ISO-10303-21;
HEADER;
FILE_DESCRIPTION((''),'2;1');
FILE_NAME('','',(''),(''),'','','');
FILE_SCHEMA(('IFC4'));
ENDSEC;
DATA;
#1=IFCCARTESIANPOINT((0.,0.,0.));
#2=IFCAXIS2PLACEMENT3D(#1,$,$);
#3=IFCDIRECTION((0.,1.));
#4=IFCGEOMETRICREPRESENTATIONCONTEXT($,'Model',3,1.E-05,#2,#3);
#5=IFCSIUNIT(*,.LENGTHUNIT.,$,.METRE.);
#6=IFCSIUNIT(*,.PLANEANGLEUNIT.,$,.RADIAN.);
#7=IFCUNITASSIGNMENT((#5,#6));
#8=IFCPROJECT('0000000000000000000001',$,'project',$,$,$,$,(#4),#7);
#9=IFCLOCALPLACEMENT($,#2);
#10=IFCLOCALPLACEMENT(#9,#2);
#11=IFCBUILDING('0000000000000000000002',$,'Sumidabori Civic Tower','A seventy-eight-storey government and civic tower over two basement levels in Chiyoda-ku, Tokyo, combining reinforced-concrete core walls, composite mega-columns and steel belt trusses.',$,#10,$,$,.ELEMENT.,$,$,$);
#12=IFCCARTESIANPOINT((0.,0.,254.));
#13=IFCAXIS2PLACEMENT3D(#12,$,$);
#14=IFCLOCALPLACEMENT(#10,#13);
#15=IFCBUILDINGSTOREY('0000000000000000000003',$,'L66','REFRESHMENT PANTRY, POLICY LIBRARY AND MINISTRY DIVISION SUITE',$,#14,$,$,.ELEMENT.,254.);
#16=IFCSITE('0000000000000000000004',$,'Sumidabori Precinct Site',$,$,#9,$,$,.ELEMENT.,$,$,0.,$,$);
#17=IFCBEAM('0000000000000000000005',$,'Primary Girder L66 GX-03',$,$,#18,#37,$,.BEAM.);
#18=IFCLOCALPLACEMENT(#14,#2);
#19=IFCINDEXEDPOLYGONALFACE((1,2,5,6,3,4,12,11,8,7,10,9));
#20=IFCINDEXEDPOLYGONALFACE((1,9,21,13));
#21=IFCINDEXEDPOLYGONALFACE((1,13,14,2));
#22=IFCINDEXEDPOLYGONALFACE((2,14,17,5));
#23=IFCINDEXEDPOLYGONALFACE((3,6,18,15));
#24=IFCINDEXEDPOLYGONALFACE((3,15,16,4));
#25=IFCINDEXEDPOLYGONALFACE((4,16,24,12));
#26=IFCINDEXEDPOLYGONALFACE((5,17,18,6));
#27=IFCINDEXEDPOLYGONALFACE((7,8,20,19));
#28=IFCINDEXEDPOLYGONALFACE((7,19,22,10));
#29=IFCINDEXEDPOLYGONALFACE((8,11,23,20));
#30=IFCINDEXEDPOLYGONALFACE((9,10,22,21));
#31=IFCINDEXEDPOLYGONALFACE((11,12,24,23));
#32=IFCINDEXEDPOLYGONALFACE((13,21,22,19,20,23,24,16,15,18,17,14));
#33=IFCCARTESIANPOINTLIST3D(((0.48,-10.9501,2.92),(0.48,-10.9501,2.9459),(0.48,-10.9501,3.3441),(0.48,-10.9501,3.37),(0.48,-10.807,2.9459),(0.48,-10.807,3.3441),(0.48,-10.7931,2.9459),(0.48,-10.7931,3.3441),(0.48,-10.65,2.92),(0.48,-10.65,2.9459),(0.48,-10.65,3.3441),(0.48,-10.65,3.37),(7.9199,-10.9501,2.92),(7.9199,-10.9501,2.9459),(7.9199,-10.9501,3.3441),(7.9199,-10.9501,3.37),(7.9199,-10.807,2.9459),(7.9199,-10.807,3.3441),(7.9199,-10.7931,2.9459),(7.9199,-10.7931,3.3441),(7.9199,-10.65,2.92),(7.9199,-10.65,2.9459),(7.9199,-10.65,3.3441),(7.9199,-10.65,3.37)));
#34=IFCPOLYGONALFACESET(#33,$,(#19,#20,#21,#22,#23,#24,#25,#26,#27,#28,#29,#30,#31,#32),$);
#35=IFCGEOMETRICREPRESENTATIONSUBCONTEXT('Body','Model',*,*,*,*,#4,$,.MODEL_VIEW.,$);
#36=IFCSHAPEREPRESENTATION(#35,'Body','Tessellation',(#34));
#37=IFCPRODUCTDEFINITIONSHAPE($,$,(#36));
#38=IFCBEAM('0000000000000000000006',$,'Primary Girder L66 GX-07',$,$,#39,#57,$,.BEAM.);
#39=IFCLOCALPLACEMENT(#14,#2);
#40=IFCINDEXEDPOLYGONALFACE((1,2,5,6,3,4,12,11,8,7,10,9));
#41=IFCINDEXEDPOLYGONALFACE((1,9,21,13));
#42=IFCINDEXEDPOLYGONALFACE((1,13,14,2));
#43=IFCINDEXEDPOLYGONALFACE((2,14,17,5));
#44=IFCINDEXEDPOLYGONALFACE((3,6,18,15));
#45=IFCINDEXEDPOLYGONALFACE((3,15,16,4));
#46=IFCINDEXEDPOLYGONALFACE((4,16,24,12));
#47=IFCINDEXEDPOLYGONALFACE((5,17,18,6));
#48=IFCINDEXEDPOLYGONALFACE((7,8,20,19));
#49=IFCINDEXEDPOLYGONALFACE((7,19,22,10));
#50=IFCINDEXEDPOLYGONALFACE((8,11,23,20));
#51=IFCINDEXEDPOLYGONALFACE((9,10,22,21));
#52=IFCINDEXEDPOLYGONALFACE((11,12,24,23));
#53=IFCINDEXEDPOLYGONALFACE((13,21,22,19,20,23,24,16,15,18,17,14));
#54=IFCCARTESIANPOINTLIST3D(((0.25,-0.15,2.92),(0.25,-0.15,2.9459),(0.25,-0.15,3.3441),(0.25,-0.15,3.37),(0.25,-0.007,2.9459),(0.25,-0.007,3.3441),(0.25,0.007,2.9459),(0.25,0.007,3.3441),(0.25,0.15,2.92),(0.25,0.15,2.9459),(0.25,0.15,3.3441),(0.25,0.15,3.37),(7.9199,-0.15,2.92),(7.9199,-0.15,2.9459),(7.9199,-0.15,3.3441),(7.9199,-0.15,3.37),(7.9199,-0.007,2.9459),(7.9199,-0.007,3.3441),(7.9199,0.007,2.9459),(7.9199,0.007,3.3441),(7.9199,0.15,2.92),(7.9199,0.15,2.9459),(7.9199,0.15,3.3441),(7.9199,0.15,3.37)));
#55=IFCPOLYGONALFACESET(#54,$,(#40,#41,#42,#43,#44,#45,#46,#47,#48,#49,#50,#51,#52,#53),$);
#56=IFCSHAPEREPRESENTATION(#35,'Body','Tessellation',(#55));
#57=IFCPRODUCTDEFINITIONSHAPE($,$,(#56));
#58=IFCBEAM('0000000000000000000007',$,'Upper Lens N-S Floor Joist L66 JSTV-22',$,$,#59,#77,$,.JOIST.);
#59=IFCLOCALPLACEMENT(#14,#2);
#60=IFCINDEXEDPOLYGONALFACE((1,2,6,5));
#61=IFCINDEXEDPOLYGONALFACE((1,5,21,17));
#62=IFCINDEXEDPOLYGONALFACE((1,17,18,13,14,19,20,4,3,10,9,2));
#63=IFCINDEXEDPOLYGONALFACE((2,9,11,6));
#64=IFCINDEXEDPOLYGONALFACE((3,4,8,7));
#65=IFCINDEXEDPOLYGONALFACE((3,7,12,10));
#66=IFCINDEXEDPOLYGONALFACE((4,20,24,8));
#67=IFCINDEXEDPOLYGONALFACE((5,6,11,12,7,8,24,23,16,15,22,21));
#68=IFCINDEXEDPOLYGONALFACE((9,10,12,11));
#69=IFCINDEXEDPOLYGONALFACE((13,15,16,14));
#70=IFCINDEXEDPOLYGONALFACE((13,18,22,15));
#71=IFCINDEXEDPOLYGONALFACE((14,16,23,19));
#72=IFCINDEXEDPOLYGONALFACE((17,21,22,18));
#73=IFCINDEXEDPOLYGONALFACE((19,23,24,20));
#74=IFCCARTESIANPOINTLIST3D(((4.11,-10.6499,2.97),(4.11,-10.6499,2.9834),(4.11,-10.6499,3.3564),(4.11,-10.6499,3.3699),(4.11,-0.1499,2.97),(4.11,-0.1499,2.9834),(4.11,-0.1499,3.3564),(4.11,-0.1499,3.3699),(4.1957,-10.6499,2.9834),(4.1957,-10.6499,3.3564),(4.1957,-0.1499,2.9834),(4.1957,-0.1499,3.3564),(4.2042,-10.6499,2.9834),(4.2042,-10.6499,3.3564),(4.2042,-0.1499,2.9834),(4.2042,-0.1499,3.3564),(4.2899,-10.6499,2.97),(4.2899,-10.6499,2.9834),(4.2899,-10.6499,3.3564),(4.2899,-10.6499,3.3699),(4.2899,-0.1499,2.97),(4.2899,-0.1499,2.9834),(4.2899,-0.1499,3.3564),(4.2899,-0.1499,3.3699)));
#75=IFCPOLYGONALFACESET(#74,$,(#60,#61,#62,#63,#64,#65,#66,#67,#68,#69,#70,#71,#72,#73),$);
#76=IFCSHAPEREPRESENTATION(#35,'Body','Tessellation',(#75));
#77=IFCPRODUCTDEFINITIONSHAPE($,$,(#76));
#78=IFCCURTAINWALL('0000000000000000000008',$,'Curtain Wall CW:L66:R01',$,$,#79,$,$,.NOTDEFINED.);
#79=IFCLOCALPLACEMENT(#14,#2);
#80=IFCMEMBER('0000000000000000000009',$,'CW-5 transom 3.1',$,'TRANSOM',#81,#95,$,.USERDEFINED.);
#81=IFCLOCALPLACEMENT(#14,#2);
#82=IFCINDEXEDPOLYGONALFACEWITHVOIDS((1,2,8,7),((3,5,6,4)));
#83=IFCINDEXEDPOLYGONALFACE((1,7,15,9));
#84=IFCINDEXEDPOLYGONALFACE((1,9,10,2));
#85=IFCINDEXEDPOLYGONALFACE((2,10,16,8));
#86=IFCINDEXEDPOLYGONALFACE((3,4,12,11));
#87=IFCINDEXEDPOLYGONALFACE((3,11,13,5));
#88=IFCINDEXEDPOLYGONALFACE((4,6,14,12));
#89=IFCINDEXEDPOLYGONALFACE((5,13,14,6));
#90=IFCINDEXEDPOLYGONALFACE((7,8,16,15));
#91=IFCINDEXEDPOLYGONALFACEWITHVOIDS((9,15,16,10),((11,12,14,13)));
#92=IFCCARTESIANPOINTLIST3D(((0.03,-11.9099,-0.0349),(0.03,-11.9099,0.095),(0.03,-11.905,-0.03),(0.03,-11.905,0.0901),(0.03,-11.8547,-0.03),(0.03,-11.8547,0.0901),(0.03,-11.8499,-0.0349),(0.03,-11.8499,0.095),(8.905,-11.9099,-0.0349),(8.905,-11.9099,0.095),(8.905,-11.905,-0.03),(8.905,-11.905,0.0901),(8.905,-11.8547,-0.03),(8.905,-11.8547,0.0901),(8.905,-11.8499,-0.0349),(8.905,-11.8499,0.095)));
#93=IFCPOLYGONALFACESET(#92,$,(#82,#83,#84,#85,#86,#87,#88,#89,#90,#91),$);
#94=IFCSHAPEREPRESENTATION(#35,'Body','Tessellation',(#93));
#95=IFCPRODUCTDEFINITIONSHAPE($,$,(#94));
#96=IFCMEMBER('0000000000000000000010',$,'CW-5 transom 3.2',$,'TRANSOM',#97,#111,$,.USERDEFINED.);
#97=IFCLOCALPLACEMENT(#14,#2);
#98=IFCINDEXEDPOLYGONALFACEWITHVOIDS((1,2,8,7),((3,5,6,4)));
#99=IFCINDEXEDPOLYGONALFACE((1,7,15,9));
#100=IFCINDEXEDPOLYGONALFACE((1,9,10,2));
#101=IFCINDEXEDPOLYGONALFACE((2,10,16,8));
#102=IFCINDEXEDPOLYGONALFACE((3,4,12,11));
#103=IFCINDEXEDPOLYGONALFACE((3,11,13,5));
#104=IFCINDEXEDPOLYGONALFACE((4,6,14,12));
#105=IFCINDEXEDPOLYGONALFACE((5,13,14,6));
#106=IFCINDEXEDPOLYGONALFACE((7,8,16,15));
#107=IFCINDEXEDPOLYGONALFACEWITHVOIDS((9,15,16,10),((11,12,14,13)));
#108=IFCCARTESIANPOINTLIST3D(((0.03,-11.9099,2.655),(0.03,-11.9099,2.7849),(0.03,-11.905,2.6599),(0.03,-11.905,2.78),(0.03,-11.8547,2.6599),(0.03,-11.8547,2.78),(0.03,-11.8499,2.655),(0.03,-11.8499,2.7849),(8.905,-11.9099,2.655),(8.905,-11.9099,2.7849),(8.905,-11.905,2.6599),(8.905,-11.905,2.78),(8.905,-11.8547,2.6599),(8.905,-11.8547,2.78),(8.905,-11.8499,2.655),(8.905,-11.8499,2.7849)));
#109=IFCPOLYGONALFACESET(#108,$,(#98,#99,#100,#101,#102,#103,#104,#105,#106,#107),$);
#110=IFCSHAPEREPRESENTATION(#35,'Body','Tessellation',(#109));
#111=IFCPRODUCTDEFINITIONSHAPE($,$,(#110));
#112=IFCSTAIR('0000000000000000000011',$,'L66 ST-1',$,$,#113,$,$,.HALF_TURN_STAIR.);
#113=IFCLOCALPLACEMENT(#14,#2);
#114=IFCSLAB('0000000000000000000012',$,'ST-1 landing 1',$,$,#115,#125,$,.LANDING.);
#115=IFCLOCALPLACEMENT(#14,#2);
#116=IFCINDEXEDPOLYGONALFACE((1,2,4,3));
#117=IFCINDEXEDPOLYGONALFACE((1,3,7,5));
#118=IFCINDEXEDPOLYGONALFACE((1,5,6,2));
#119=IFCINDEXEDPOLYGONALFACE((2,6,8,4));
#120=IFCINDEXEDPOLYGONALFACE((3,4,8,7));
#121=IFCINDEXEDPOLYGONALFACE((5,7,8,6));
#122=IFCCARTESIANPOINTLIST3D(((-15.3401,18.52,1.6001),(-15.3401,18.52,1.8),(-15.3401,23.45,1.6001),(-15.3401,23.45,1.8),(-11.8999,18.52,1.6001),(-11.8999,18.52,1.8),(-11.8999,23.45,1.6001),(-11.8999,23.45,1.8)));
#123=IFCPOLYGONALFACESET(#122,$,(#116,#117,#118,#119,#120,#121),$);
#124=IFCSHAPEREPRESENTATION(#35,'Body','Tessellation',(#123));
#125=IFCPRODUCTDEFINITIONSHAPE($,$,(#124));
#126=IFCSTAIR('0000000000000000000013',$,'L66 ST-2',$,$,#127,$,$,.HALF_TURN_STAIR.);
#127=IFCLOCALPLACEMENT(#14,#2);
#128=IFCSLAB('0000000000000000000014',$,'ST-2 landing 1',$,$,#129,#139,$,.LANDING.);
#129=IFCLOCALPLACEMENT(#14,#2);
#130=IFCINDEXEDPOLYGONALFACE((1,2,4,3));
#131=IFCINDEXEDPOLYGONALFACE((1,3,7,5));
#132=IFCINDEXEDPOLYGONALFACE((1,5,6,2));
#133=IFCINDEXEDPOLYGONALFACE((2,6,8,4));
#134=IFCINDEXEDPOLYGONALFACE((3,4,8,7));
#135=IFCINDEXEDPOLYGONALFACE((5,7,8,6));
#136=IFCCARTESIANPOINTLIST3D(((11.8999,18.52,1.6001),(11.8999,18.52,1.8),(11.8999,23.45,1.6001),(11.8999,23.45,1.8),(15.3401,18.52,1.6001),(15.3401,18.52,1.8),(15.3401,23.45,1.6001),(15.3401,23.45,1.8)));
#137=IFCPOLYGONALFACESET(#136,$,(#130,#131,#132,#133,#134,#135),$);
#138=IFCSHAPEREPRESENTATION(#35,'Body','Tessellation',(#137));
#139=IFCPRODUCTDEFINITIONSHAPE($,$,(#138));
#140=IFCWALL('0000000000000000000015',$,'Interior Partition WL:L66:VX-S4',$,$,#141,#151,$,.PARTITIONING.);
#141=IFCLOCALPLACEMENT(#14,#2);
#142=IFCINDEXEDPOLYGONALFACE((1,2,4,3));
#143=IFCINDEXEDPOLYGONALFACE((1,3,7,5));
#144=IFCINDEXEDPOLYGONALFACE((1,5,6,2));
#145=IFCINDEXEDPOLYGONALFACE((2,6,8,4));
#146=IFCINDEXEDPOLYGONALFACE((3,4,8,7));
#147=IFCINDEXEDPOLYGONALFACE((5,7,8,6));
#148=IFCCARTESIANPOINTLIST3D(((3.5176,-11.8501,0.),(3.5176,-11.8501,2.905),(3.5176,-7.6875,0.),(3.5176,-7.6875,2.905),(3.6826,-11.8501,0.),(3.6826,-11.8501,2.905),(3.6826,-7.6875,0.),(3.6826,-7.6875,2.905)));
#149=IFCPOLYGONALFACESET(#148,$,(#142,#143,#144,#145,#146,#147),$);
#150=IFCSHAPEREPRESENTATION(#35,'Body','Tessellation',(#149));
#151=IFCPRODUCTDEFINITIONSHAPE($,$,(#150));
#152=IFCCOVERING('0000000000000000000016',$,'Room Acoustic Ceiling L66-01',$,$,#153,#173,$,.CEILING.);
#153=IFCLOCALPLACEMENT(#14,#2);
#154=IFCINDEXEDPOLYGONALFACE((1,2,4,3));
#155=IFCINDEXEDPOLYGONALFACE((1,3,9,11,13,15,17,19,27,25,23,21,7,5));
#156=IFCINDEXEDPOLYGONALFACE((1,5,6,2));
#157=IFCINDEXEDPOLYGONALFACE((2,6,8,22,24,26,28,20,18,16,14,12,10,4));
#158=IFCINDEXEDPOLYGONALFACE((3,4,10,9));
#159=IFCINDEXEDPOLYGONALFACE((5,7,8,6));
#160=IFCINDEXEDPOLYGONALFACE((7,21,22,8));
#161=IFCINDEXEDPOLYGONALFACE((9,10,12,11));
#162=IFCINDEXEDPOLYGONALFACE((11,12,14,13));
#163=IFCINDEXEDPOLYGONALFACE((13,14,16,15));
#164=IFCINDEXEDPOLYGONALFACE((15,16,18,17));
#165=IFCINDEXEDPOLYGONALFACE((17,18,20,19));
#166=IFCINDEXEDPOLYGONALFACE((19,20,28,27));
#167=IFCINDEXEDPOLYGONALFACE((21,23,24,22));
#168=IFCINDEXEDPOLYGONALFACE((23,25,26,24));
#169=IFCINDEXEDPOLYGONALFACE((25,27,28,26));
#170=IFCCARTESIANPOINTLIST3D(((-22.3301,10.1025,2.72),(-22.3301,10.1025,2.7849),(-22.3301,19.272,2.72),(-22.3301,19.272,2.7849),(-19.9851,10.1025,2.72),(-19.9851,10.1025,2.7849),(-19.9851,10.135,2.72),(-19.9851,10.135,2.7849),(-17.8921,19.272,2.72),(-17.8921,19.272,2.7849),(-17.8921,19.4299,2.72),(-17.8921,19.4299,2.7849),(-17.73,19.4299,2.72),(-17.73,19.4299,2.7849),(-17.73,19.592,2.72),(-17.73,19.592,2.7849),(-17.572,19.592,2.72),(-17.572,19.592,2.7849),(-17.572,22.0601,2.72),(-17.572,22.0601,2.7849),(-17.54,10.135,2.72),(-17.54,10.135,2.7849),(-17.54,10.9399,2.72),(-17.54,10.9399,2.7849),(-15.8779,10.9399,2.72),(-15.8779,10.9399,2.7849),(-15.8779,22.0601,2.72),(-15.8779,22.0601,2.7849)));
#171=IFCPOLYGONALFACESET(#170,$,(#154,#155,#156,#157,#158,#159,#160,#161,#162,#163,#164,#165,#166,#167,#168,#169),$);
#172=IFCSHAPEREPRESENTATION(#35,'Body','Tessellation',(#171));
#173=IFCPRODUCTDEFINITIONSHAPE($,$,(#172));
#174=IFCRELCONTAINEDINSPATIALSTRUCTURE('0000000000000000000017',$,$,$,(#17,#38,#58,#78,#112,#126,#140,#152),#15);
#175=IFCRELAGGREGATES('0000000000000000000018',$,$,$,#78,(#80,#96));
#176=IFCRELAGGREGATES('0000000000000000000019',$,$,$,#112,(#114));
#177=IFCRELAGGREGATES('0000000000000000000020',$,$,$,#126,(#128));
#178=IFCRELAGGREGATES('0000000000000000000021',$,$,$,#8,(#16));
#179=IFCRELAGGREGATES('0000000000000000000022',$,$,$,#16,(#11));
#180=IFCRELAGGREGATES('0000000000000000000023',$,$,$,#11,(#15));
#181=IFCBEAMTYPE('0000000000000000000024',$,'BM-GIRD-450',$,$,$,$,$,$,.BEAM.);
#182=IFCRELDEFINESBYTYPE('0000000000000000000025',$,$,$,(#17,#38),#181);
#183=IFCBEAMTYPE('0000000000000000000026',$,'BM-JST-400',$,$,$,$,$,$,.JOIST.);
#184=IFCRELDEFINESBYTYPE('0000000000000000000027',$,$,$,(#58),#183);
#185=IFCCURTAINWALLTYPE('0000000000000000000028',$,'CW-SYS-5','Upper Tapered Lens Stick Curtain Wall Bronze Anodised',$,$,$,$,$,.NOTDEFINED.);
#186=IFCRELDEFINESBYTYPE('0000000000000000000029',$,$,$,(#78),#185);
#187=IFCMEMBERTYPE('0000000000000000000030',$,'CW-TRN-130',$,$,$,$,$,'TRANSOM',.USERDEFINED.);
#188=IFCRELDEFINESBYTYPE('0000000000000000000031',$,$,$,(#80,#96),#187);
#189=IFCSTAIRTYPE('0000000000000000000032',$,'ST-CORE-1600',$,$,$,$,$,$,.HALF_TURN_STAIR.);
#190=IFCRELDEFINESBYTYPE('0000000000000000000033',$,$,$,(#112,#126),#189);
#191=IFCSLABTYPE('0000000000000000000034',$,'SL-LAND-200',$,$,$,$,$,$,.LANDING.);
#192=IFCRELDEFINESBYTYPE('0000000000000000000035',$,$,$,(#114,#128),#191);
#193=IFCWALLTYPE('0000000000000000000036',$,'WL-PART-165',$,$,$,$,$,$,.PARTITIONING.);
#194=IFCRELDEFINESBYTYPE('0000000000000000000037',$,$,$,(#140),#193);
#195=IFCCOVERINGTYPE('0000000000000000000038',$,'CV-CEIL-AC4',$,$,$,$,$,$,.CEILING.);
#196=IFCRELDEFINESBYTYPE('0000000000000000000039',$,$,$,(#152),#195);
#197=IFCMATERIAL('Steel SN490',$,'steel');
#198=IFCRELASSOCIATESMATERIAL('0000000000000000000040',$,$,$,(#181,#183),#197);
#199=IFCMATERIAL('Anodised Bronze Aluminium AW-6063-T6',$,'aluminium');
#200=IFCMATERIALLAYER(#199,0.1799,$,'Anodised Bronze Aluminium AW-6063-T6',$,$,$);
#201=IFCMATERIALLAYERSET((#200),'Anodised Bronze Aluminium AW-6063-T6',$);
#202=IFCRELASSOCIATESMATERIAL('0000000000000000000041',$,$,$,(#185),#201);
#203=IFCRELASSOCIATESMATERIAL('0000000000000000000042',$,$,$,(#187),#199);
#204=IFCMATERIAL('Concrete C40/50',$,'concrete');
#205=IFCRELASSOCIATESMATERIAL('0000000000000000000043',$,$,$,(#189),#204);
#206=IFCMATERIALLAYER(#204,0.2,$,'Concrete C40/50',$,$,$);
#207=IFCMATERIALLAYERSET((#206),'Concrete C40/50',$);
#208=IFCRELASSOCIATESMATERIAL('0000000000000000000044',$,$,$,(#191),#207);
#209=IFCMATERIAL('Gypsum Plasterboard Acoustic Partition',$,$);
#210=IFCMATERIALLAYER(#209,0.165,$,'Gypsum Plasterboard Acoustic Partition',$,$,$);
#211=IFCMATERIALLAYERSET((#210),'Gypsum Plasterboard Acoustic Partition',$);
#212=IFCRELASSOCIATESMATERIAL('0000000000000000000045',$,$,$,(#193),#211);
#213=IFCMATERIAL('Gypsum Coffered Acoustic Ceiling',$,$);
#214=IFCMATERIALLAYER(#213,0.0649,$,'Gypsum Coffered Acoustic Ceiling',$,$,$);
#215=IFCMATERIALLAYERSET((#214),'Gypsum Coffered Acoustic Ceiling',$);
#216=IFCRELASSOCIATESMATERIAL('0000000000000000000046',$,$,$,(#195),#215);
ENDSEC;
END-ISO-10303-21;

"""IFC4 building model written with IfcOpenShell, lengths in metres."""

from ifc_helpers import new_model, si_unit, direction, frame, frame_2d, origin, origin_2d, place, context, subcontext, project, spatial, polyline, rectangle, hollow_rectangle, i_section, outline, extrude, source, transform, mapped, material, layer, layer_set, material_profile, profile_set, type_object, element, aggregate, save


model = new_model("IFC4")

# Units and contexts
model_context = context("Model", 3, precision=1e-05, world=origin(), true_north=direction((0.0, 1.0)))
body_context = subcontext(model_context, "Body", "Model", "MODEL_VIEW")
ifc_project = project(units=[si_unit("LENGTHUNIT", "METRE"), si_unit("PLANEANGLEUNIT", "RADIAN")], contexts=[model_context])

# Site, building, storey
site_placement = place(None, origin())
site = spatial("IfcSite", under=ifc_project, at=site_placement, Name="Sumidabori Precinct Site", CompositionType="ELEMENT", RefElevation=0.0)
building_placement = place(site_placement, origin())
building = spatial("IfcBuilding", under=site, at=building_placement, Name="Sumidabori Civic Tower", Description="A seventy-eight-storey government and civic tower over two basement levels in Chiyoda-ku, Tokyo, combining reinforced-concrete core walls, composite mega-columns and steel belt trusses.", CompositionType="ELEMENT")
storey_placement = place(building_placement, frame((0.0, 0.0, 254.0)))
storey = spatial("IfcBuildingStorey", under=building, at=storey_placement, Name="L66", Description="REFRESHMENT PANTRY, POLICY LIBRARY AND MINISTRY DIVISION SUITE", CompositionType="ELEMENT", Elevation=254.0)

# Beams
ifc_material_1 = material(Name="Steel SN490", Category="steel")
ifc_material_profile_1 = material_profile(ifc_material_1, i_section(OverallWidth=0.3, OverallDepth=0.45, WebThickness=0.0139, FlangeThickness=0.0259, at=origin_2d()), Name="HE 450 B")
ifc_profile_set_1 = profile_set([ifc_material_profile_1], Name="Steel SN490")
beam_type_1 = type_object("IfcBeamType", Name="BM-GIRD-450", PredefinedType="BEAM", material=ifc_profile_set_1)
shared_shape_1 = source(origin(), body_context, "Body", "SweptSolid", [
    extrude(i_section(OverallWidth=0.3, OverallDepth=0.45, WebThickness=0.0139, FlangeThickness=0.0259, at=origin_2d()), origin(), (0.0, 0.0, 1.0), 7.4399),
])
beam_1_placement = place(storey_placement, frame((0.48, -10.8, 3.145), z_axis=(1.0, 0.0, 0.0), x_axis=(0.0, 1.0, 0.0)))
element("IfcBeam", 1, at=beam_1_placement, inside=storey, type_object=beam_type_1, Name="Primary Girder L66 GX-03", PredefinedType="BEAM", context=body_context, shape_type="MappedRepresentation", body=[
    mapped(shared_shape_1, transform((0.0, 0.0, 0.0), x_axis=(1.0, 0.0, 0.0), y_axis=(0.0, 1.0, 0.0), z_axis=(0.0, 0.0, 1.0), scale=1.0)),
])
shared_shape_2 = source(origin(), body_context, "Body", "SweptSolid", [
    extrude(i_section(OverallWidth=0.3, OverallDepth=0.45, WebThickness=0.0139, FlangeThickness=0.0259, at=origin_2d()), origin(), (0.0, 0.0, 1.0), 7.6699),
])
beam_2_placement = place(storey_placement, frame((0.25, 0.0, 3.145), z_axis=(1.0, 0.0, 0.0), x_axis=(0.0, 1.0, 0.0)))
element("IfcBeam", 2, at=beam_2_placement, inside=storey, type_object=beam_type_1, Name="Primary Girder L66 GX-07", PredefinedType="BEAM", context=body_context, shape_type="MappedRepresentation", body=[
    mapped(shared_shape_2, transform((0.0, 0.0, 0.0), x_axis=(1.0, 0.0, 0.0), y_axis=(0.0, 1.0, 0.0), z_axis=(0.0, 0.0, 1.0), scale=1.0)),
])
ifc_material_profile_2 = material_profile(ifc_material_1, i_section(OverallWidth=0.1799, OverallDepth=0.3999, WebThickness=0.0085, FlangeThickness=0.0134, at=origin_2d()), Name="IPE 400")
ifc_profile_set_2 = profile_set([ifc_material_profile_2], Name="Steel SN490")
beam_type_2 = type_object("IfcBeamType", Name="BM-JST-400", PredefinedType="JOIST", material=ifc_profile_set_2)
shared_shape_3 = source(origin(), body_context, "Body", "SweptSolid", [
    extrude(i_section(OverallWidth=0.1799, OverallDepth=0.3999, WebThickness=0.0085, FlangeThickness=0.0134, at=origin_2d()), origin(), (0.0, 0.0, 1.0), 10.5),
])
beam_3_placement = place(storey_placement, frame((4.2, -10.6499, 3.1699), z_axis=(0.0, 1.0, 0.0), x_axis=(-1.0, 0.0, 0.0)))
element("IfcBeam", 3, at=beam_3_placement, inside=storey, type_object=beam_type_2, Name="Upper Lens N-S Floor Joist L66 JSTV-22", PredefinedType="JOIST", context=body_context, shape_type="MappedRepresentation", body=[
    mapped(shared_shape_3, transform((0.0, 0.0, 0.0), x_axis=(1.0, 0.0, 0.0), y_axis=(0.0, 1.0, 0.0), z_axis=(0.0, 0.0, 1.0), scale=1.0)),
])

# Curtain wall, members
ifc_material_2 = material(Name="Anodised Bronze Aluminium AW-6063-T6", Category="aluminium")
ifc_layer_1 = layer(ifc_material_2, 0.1799, Name="Anodised Bronze Aluminium AW-6063-T6")
ifc_layer_set_1 = layer_set([ifc_layer_1], Name="Anodised Bronze Aluminium AW-6063-T6")
curtain_wall_type = type_object("IfcCurtainWallType", Name="CW-SYS-5", Description="Upper Tapered Lens Stick Curtain Wall Bronze Anodised", PredefinedType="NOTDEFINED", material=ifc_layer_set_1)
curtain_wall_placement = place(storey_placement, origin())
curtain_wall = element("IfcCurtainWall", 4, at=curtain_wall_placement, inside=storey, type_object=curtain_wall_type, Name="Curtain Wall CW:L66:R01", PredefinedType="NOTDEFINED")
ifc_material_profile_3 = material_profile(ifc_material_2, hollow_rectangle(XDim=0.0601, YDim=0.1299, WallThickness=0.0049, at=origin_2d()), Name="ALU TRANSOM 130x60")
ifc_profile_set_3 = profile_set([ifc_material_profile_3], Name="Anodised Bronze Aluminium AW-6063-T6")
member_type = type_object("IfcMemberType", Name="CW-TRN-130", ElementType="TRANSOM", PredefinedType="USERDEFINED", material=ifc_profile_set_3)
shared_shape_4 = source(origin(), body_context, "Body", "SweptSolid", [
    extrude(hollow_rectangle(XDim=0.0601, YDim=0.1299, WallThickness=0.0049, at=origin_2d()), origin(), (0.0, 0.0, 1.0), 8.875),
])
member_1_placement = place(storey_placement, frame((0.03, -11.8799, 0.03), z_axis=(1.0, 0.0, 0.0), x_axis=(0.0, 1.0, 0.0)))
member_1 = element("IfcMember", 5, at=member_1_placement, type_object=member_type, Name="CW-5 transom 3.1", ObjectType="TRANSOM", PredefinedType="USERDEFINED", context=body_context, shape_type="MappedRepresentation", body=[
    mapped(shared_shape_4, transform((0.0, 0.0, 0.0), x_axis=(1.0, 0.0, 0.0), y_axis=(0.0, 1.0, 0.0), z_axis=(0.0, 0.0, 1.0), scale=1.0)),
])
member_2_placement = place(storey_placement, frame((0.03, -11.8799, 2.72), z_axis=(1.0, 0.0, 0.0), x_axis=(0.0, 1.0, 0.0)))
member_2 = element("IfcMember", 6, at=member_2_placement, type_object=member_type, Name="CW-5 transom 3.2", ObjectType="TRANSOM", PredefinedType="USERDEFINED", context=body_context, shape_type="MappedRepresentation", body=[
    mapped(shared_shape_4, transform((0.0, 0.0, 0.0), x_axis=(1.0, 0.0, 0.0), y_axis=(0.0, 1.0, 0.0), z_axis=(0.0, 0.0, 1.0), scale=1.0)),
])
aggregate(curtain_wall, [member_1, member_2])

# Stairs, slabs
ifc_material_3 = material(Name="Concrete C40/50", Category="concrete")
stair_type = type_object("IfcStairType", Name="ST-CORE-1600", PredefinedType="HALF_TURN_STAIR", material=ifc_material_3)
stair_1_placement = place(storey_placement, origin())
stair_1 = element("IfcStair", 7, at=stair_1_placement, inside=storey, type_object=stair_type, Name="L66 ST-1", PredefinedType="HALF_TURN_STAIR")
ifc_layer_2 = layer(ifc_material_3, 0.2, Name="Concrete C40/50")
ifc_layer_set_2 = layer_set([ifc_layer_2], Name="Concrete C40/50")
slab_type = type_object("IfcSlabType", Name="SL-LAND-200", PredefinedType="LANDING", material=ifc_layer_set_2)
slab_1_placement = place(storey_placement, frame((0.0, 0.0, 1.6001)))
slab_1 = element("IfcSlab", 8, at=slab_1_placement, type_object=slab_type, Name="ST-1 landing 1", PredefinedType="LANDING", context=body_context, shape_type="SweptSolid", body=[
    extrude(outline(polyline([(-11.8999, 18.52), (-11.8999, 23.45), (-15.3401, 23.45), (-15.3401, 18.52), (-11.8999, 18.52)])), origin(), (0.0, 0.0, 1.0), 0.2),
])
aggregate(stair_1, [slab_1])
stair_2_placement = place(storey_placement, origin())
stair_2 = element("IfcStair", 9, at=stair_2_placement, inside=storey, type_object=stair_type, Name="L66 ST-2", PredefinedType="HALF_TURN_STAIR")
slab_2_placement = place(storey_placement, frame((0.0, 0.0, 1.6001)))
slab_2 = element("IfcSlab", 10, at=slab_2_placement, type_object=slab_type, Name="ST-2 landing 1", PredefinedType="LANDING", context=body_context, shape_type="SweptSolid", body=[
    extrude(outline(polyline([(15.3401, 18.52), (15.3401, 23.45), (11.8999, 23.45), (11.8999, 18.52), (15.3401, 18.52)])), origin(), (0.0, 0.0, 1.0), 0.2),
])
aggregate(stair_2, [slab_2])

# Wall
ifc_material_4 = material(Name="Gypsum Plasterboard Acoustic Partition")
ifc_layer_3 = layer(ifc_material_4, 0.165, Name="Gypsum Plasterboard Acoustic Partition")
ifc_layer_set_3 = layer_set([ifc_layer_3], Name="Gypsum Plasterboard Acoustic Partition")
wall_type = type_object("IfcWallType", Name="WL-PART-165", PredefinedType="PARTITIONING", material=ifc_layer_set_3)
shared_shape_5 = source(origin(), body_context, "Body", "SweptSolid", [
    extrude(rectangle(XDim=4.1626, YDim=0.165, at=frame_2d((2.0813, 0.0))), origin(), (0.0, 0.0, 1.0), 2.905),
])
wall_placement = place(storey_placement, frame((3.6001, -11.8501, 0.0), z_axis=(0.0, 0.0, 1.0), x_axis=(0.0, 1.0, 0.0)))
element("IfcWall", 11, at=wall_placement, inside=storey, type_object=wall_type, Name="Interior Partition WL:L66:VX-S4", PredefinedType="PARTITIONING", context=body_context, shape_type="MappedRepresentation", body=[
    mapped(shared_shape_5, transform((0.0, 0.0, 0.0), x_axis=(1.0, 0.0, 0.0), y_axis=(0.0, 1.0, 0.0), z_axis=(0.0, 0.0, 1.0), scale=1.0)),
])

# Covering
ifc_material_5 = material(Name="Gypsum Coffered Acoustic Ceiling")
ifc_layer_4 = layer(ifc_material_5, 0.0649, Name="Gypsum Coffered Acoustic Ceiling")
ifc_layer_set_4 = layer_set([ifc_layer_4], Name="Gypsum Coffered Acoustic Ceiling")
covering_type_1 = type_object("IfcCoveringType", Name="CV-CEIL-AC4", PredefinedType="CEILING", material=ifc_layer_set_4)
covering_1_placement = place(storey_placement, frame((0.0, 0.0, 2.72)))
element("IfcCovering", 12, at=covering_1_placement, inside=storey, type_object=covering_type_1, Name="Room Acoustic Ceiling L66-01", PredefinedType="CEILING", context=body_context, shape_type="SweptSolid", body=[
    extrude(outline(polyline([(-22.3301, 10.1025), (-22.3301, 19.272), (-17.8921, 19.272), (-17.8921, 19.4299), (-17.73, 19.4299), (-17.73, 19.592), (-17.572, 19.592), (-17.572, 22.0601), (-15.8779, 22.0601), (-15.8779, 10.9399), (-17.54, 10.9399), (-17.54, 10.135), (-19.9851, 10.135), (-19.9851, 10.1025), (-22.3301, 10.1025)])), origin(), (0.0, 0.0, 1.0), 0.0649),
])

save(model, "model.ifc")
